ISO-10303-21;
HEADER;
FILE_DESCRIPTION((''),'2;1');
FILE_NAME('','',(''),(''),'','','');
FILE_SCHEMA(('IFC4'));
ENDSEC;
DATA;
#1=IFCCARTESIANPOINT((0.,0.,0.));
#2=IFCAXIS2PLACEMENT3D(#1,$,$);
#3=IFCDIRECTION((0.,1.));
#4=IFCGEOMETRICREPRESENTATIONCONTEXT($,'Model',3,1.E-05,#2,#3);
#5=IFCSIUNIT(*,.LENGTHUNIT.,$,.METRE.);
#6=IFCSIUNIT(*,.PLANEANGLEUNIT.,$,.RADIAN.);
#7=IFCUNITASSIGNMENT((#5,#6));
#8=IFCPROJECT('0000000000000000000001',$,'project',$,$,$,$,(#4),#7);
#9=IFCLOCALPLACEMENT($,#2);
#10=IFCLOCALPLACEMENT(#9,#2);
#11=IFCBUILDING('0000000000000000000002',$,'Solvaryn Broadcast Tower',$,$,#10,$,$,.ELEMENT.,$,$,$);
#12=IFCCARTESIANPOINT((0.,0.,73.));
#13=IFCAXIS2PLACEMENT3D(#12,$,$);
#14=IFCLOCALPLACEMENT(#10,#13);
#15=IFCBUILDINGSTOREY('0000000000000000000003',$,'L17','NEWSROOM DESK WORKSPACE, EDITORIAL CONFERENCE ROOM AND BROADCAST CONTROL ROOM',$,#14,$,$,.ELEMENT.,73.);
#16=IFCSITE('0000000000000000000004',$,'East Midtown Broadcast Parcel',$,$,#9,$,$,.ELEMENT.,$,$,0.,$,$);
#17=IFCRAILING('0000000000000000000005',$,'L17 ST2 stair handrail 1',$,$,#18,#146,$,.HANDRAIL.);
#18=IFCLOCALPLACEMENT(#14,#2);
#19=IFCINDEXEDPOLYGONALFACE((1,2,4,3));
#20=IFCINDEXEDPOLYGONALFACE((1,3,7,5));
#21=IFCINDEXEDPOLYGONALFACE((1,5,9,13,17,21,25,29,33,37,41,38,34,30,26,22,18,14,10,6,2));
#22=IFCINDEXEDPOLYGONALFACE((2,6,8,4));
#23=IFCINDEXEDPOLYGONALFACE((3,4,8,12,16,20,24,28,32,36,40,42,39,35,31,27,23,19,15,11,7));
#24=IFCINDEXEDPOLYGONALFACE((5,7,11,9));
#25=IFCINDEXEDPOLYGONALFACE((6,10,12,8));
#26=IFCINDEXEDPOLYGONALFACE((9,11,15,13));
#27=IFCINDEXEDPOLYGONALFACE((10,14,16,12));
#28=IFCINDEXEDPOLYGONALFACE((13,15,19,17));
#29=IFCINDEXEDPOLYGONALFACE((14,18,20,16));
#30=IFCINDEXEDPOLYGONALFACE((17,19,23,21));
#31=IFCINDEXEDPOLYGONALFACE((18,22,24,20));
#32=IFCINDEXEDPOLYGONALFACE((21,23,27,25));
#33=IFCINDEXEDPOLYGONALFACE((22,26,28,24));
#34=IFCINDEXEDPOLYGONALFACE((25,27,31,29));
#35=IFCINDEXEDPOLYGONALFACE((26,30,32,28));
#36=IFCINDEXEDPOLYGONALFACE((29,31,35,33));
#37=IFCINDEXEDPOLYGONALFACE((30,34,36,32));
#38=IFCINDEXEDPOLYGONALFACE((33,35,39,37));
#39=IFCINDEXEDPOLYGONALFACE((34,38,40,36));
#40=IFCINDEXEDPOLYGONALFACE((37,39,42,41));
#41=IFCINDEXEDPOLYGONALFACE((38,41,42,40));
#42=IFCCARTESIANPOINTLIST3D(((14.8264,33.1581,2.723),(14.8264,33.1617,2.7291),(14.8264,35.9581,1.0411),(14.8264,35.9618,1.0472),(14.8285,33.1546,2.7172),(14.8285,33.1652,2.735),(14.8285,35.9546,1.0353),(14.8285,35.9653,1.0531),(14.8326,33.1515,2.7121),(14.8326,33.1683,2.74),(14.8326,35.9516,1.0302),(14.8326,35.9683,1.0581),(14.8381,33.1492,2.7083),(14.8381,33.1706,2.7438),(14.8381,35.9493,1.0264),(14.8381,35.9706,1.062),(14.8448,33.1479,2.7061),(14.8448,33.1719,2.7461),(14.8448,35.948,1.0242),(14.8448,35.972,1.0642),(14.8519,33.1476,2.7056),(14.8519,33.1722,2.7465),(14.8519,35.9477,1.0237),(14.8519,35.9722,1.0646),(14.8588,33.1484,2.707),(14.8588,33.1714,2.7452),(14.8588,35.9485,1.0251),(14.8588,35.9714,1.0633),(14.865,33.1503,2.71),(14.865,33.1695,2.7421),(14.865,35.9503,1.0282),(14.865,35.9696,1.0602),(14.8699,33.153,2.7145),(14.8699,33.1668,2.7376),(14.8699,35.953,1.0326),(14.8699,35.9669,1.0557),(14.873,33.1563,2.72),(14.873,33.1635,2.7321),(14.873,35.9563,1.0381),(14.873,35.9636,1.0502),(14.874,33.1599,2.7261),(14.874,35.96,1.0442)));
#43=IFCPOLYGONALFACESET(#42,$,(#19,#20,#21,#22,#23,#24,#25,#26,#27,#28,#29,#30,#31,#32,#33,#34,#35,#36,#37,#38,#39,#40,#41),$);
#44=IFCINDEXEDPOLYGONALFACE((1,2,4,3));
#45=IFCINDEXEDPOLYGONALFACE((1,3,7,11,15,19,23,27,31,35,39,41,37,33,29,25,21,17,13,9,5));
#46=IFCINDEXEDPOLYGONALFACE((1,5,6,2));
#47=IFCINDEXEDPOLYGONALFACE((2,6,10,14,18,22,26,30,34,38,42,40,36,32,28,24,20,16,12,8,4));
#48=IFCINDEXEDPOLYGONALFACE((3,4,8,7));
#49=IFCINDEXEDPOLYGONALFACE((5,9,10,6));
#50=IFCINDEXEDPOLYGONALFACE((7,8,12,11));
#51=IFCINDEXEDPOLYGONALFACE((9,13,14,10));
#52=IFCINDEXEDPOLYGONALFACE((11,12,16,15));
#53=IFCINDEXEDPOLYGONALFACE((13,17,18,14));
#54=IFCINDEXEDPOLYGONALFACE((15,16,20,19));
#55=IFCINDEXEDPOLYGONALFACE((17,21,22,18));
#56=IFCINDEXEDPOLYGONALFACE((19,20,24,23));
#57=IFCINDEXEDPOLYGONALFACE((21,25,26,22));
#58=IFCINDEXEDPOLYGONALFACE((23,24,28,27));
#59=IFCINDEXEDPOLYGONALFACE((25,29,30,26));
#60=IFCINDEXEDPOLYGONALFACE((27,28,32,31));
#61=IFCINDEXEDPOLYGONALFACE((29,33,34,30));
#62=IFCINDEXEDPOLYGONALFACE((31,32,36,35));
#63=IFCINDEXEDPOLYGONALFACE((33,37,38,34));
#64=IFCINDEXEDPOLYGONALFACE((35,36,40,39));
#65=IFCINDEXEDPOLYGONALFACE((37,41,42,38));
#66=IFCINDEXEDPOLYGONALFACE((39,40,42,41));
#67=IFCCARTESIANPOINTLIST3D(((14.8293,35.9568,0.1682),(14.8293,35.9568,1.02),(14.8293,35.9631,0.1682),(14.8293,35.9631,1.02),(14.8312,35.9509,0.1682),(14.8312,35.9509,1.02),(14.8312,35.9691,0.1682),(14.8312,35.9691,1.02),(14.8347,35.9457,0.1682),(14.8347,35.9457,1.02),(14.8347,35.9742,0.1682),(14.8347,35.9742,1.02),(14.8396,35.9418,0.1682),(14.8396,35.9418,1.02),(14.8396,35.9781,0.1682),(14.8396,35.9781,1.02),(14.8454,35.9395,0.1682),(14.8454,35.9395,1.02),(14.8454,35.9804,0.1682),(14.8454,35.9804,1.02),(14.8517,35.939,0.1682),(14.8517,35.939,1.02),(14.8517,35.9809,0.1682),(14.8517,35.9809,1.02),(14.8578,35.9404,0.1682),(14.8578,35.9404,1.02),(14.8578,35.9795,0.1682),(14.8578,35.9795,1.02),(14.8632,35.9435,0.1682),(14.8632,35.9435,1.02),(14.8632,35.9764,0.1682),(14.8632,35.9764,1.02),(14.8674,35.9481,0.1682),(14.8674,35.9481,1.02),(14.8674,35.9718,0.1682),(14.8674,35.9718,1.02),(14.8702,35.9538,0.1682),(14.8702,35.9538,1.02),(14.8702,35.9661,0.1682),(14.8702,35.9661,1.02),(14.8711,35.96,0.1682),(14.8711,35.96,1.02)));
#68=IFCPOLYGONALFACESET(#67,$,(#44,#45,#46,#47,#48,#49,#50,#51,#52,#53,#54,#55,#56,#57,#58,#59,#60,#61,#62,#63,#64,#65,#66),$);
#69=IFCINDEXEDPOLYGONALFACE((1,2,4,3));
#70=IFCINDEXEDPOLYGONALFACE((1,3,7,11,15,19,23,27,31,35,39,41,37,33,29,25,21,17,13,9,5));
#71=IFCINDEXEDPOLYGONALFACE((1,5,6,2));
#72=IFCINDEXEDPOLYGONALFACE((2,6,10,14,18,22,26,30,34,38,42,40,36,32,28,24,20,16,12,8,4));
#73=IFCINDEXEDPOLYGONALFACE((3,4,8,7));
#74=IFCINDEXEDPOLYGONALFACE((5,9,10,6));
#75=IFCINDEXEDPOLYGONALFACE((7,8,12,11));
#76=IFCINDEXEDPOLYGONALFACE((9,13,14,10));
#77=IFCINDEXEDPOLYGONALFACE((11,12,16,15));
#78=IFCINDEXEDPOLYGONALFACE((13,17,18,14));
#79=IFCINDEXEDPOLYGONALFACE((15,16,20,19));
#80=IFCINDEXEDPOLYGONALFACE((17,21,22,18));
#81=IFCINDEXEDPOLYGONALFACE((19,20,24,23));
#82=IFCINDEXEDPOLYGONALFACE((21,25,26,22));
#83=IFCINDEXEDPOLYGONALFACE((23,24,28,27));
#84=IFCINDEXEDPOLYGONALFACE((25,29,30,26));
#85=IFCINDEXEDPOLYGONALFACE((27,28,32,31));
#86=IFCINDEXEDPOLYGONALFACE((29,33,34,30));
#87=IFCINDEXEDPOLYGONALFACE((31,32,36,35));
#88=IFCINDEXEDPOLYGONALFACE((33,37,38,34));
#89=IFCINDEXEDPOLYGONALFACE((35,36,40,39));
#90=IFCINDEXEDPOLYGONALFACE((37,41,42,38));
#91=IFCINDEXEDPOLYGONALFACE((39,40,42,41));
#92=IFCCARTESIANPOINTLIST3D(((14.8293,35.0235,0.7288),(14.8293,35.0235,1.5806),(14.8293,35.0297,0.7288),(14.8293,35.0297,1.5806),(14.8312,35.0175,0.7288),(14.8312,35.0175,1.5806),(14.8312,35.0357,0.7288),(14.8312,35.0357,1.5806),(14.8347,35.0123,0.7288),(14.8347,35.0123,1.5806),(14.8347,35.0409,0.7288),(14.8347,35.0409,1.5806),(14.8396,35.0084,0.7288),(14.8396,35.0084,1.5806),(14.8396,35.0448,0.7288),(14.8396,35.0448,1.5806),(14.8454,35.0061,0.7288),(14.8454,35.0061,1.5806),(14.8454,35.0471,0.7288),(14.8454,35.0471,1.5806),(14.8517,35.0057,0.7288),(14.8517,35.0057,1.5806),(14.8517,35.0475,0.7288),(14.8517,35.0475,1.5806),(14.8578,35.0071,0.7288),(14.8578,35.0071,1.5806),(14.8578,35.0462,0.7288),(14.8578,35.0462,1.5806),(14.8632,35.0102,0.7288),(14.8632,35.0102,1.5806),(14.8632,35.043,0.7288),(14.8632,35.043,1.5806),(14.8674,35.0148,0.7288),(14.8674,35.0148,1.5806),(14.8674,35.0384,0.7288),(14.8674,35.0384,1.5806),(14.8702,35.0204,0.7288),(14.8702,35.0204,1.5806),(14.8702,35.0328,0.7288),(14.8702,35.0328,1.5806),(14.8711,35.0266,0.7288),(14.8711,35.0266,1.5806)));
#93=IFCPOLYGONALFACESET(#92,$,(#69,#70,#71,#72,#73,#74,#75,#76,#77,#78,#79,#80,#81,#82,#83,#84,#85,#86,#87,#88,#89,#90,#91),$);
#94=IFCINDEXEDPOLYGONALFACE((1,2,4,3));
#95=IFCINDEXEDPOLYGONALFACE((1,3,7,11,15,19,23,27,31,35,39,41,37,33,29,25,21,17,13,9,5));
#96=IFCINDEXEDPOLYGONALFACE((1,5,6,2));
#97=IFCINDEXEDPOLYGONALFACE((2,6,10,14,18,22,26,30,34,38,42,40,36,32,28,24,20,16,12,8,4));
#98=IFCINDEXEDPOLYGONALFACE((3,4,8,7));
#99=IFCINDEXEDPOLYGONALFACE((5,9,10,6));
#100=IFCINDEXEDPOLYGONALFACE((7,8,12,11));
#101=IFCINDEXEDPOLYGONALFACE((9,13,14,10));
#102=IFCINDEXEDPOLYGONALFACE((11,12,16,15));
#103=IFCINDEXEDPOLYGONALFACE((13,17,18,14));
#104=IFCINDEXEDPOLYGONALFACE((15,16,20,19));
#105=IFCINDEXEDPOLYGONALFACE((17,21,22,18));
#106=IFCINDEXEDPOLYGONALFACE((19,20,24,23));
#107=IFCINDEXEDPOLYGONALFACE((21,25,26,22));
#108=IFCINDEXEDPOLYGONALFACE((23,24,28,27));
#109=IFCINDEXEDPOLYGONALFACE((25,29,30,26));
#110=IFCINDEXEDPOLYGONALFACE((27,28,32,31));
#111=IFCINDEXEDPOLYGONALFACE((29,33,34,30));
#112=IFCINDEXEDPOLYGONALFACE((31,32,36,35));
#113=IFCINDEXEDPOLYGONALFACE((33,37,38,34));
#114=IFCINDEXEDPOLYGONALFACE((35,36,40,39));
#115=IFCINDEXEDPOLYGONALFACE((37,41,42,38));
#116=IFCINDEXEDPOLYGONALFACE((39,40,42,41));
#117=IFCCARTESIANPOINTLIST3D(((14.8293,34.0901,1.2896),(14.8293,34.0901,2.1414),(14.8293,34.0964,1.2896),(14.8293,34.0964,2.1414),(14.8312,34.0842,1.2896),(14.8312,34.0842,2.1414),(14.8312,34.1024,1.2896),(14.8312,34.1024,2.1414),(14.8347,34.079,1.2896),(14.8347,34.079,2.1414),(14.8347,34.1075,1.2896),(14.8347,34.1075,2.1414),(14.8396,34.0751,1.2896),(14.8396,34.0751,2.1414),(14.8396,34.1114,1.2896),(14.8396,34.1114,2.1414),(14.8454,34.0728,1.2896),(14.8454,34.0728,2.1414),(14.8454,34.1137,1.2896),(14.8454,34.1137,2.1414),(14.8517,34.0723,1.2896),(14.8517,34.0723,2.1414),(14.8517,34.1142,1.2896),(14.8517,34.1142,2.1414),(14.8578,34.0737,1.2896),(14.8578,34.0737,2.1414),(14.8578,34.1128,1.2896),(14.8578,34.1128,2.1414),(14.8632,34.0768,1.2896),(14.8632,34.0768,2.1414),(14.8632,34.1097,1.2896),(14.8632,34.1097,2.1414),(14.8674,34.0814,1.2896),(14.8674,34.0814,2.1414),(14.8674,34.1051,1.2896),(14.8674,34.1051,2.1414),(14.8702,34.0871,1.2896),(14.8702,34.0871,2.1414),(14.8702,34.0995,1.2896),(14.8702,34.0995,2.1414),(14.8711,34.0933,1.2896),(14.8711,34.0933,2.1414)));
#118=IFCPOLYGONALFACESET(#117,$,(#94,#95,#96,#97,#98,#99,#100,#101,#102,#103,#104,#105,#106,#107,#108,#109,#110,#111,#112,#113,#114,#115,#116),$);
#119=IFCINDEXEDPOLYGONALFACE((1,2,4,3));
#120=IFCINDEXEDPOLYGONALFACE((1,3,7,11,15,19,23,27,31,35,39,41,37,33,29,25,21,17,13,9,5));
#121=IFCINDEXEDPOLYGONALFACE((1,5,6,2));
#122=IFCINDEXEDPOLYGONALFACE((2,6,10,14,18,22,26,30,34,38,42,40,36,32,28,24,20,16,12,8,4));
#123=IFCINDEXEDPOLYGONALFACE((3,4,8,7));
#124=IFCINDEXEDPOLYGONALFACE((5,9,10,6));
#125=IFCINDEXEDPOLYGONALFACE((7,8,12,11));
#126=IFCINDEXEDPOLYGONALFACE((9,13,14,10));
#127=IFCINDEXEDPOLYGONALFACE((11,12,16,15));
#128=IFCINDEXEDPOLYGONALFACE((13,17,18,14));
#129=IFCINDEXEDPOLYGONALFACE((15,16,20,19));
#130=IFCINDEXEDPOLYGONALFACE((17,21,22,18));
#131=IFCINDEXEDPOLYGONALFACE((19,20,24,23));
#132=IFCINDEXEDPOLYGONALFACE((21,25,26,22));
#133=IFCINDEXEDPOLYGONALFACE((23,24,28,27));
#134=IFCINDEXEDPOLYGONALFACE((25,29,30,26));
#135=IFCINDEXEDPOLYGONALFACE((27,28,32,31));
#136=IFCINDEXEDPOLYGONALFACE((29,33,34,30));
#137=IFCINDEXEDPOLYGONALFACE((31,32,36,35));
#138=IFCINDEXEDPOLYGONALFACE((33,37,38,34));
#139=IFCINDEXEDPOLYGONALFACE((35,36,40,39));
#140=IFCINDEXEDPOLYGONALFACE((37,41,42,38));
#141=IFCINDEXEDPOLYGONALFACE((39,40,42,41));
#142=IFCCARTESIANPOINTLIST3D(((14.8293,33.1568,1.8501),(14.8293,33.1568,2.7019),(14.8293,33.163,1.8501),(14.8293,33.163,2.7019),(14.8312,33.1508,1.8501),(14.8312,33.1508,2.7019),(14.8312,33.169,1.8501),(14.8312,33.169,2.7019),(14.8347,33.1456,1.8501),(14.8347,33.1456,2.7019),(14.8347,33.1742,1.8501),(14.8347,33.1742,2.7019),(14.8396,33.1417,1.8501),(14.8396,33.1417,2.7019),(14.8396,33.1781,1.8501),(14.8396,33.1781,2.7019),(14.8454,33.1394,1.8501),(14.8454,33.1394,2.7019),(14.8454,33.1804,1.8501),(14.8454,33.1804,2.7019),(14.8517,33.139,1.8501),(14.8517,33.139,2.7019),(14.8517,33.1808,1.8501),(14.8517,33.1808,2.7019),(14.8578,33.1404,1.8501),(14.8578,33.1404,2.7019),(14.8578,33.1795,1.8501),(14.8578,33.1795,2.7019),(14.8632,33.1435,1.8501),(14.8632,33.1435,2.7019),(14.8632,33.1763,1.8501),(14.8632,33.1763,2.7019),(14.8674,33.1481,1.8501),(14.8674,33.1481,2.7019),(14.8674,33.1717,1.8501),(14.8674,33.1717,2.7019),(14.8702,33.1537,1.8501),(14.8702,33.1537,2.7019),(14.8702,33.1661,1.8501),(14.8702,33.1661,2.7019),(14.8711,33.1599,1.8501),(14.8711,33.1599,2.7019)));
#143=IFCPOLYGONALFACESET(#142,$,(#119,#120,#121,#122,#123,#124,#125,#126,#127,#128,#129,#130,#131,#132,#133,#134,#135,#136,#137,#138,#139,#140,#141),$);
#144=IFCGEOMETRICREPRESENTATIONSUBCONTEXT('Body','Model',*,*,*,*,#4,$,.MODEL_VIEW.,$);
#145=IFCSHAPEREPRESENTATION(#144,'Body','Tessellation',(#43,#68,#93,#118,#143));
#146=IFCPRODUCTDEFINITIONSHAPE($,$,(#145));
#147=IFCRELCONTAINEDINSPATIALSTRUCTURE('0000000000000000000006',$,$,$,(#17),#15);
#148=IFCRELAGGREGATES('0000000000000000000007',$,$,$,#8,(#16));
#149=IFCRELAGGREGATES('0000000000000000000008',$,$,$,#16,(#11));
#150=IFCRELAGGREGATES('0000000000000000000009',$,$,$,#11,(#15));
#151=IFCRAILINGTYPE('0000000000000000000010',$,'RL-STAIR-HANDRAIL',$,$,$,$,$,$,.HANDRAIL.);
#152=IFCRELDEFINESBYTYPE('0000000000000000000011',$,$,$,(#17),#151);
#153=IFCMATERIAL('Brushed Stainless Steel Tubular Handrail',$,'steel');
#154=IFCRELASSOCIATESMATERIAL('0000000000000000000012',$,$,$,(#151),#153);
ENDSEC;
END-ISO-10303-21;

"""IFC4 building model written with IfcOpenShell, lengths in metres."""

from ifc_helpers import new_model, si_unit, direction, frame, origin, origin_2d, place, context, subcontext, project, spatial, circle, extrude, material, type_object, element, save


model = new_model("IFC4")

# Units and contexts
model_context = context("Model", 3, precision=1e-05, world=origin(), true_north=direction((0.0, 1.0)))
body_context = subcontext(model_context, "Body", "Model", "MODEL_VIEW")
ifc_project = project(units=[si_unit("LENGTHUNIT", "METRE"), si_unit("PLANEANGLEUNIT", "RADIAN")], contexts=[model_context])

# Site, building, storey
site_placement = place(None, origin())
site = spatial("IfcSite", under=ifc_project, at=site_placement, Name="East Midtown Broadcast Parcel", CompositionType="ELEMENT", RefElevation=0.0)
building_placement = place(site_placement, origin())
building = spatial("IfcBuilding", under=site, at=building_placement, Name="Solvaryn Broadcast Tower", CompositionType="ELEMENT")
storey_placement = place(building_placement, frame((0.0, 0.0, 73.0)))
storey = spatial("IfcBuildingStorey", under=building, at=storey_placement, Name="L17", Description="NEWSROOM DESK WORKSPACE, EDITORIAL CONFERENCE ROOM AND BROADCAST CONTROL ROOM", CompositionType="ELEMENT", Elevation=73.0)

# Railing
ifc_material_1 = material(Name="Brushed Stainless Steel Tubular Handrail", Category="steel")
railing_type_1 = type_object("IfcRailingType", Name="RL-STAIR-HANDRAIL", PredefinedType="HANDRAIL", material=ifc_material_1)
railing_1_placement = place(storey_placement, frame((14.8501, 35.96, 0.1682)))
element("IfcRailing", 1, at=railing_1_placement, inside=storey, type_object=railing_type_1, Name="L17 ST2 stair handrail 1", PredefinedType="HANDRAIL", context=body_context, shape_type="SweptSolid", body=[
    extrude(circle(Radius=0.0239, at=origin_2d()), frame((0.0, 0.0, 0.876), z_axis=(0.0, -0.857242, 0.514913), x_axis=(1.0, 0.0, 0.0)), (0.0, 0.0, 1.0), 3.2664),
    extrude(circle(Radius=0.021, at=origin_2d()), origin(), (0.0, 0.0, 1.0), 0.8518),
    extrude(circle(Radius=0.021, at=origin_2d()), frame((0.0, -0.9333, 0.5605)), (0.0, 0.0, 1.0), 0.8518),
    extrude(circle(Radius=0.021, at=origin_2d()), frame((0.0, -1.8667, 1.1213)), (0.0, 0.0, 1.0), 0.8518),
    extrude(circle(Radius=0.021, at=origin_2d()), frame((0.0, -2.8, 1.6819)), (0.0, 0.0, 1.0), 0.8518),
])

save(model, "model.ifc")
